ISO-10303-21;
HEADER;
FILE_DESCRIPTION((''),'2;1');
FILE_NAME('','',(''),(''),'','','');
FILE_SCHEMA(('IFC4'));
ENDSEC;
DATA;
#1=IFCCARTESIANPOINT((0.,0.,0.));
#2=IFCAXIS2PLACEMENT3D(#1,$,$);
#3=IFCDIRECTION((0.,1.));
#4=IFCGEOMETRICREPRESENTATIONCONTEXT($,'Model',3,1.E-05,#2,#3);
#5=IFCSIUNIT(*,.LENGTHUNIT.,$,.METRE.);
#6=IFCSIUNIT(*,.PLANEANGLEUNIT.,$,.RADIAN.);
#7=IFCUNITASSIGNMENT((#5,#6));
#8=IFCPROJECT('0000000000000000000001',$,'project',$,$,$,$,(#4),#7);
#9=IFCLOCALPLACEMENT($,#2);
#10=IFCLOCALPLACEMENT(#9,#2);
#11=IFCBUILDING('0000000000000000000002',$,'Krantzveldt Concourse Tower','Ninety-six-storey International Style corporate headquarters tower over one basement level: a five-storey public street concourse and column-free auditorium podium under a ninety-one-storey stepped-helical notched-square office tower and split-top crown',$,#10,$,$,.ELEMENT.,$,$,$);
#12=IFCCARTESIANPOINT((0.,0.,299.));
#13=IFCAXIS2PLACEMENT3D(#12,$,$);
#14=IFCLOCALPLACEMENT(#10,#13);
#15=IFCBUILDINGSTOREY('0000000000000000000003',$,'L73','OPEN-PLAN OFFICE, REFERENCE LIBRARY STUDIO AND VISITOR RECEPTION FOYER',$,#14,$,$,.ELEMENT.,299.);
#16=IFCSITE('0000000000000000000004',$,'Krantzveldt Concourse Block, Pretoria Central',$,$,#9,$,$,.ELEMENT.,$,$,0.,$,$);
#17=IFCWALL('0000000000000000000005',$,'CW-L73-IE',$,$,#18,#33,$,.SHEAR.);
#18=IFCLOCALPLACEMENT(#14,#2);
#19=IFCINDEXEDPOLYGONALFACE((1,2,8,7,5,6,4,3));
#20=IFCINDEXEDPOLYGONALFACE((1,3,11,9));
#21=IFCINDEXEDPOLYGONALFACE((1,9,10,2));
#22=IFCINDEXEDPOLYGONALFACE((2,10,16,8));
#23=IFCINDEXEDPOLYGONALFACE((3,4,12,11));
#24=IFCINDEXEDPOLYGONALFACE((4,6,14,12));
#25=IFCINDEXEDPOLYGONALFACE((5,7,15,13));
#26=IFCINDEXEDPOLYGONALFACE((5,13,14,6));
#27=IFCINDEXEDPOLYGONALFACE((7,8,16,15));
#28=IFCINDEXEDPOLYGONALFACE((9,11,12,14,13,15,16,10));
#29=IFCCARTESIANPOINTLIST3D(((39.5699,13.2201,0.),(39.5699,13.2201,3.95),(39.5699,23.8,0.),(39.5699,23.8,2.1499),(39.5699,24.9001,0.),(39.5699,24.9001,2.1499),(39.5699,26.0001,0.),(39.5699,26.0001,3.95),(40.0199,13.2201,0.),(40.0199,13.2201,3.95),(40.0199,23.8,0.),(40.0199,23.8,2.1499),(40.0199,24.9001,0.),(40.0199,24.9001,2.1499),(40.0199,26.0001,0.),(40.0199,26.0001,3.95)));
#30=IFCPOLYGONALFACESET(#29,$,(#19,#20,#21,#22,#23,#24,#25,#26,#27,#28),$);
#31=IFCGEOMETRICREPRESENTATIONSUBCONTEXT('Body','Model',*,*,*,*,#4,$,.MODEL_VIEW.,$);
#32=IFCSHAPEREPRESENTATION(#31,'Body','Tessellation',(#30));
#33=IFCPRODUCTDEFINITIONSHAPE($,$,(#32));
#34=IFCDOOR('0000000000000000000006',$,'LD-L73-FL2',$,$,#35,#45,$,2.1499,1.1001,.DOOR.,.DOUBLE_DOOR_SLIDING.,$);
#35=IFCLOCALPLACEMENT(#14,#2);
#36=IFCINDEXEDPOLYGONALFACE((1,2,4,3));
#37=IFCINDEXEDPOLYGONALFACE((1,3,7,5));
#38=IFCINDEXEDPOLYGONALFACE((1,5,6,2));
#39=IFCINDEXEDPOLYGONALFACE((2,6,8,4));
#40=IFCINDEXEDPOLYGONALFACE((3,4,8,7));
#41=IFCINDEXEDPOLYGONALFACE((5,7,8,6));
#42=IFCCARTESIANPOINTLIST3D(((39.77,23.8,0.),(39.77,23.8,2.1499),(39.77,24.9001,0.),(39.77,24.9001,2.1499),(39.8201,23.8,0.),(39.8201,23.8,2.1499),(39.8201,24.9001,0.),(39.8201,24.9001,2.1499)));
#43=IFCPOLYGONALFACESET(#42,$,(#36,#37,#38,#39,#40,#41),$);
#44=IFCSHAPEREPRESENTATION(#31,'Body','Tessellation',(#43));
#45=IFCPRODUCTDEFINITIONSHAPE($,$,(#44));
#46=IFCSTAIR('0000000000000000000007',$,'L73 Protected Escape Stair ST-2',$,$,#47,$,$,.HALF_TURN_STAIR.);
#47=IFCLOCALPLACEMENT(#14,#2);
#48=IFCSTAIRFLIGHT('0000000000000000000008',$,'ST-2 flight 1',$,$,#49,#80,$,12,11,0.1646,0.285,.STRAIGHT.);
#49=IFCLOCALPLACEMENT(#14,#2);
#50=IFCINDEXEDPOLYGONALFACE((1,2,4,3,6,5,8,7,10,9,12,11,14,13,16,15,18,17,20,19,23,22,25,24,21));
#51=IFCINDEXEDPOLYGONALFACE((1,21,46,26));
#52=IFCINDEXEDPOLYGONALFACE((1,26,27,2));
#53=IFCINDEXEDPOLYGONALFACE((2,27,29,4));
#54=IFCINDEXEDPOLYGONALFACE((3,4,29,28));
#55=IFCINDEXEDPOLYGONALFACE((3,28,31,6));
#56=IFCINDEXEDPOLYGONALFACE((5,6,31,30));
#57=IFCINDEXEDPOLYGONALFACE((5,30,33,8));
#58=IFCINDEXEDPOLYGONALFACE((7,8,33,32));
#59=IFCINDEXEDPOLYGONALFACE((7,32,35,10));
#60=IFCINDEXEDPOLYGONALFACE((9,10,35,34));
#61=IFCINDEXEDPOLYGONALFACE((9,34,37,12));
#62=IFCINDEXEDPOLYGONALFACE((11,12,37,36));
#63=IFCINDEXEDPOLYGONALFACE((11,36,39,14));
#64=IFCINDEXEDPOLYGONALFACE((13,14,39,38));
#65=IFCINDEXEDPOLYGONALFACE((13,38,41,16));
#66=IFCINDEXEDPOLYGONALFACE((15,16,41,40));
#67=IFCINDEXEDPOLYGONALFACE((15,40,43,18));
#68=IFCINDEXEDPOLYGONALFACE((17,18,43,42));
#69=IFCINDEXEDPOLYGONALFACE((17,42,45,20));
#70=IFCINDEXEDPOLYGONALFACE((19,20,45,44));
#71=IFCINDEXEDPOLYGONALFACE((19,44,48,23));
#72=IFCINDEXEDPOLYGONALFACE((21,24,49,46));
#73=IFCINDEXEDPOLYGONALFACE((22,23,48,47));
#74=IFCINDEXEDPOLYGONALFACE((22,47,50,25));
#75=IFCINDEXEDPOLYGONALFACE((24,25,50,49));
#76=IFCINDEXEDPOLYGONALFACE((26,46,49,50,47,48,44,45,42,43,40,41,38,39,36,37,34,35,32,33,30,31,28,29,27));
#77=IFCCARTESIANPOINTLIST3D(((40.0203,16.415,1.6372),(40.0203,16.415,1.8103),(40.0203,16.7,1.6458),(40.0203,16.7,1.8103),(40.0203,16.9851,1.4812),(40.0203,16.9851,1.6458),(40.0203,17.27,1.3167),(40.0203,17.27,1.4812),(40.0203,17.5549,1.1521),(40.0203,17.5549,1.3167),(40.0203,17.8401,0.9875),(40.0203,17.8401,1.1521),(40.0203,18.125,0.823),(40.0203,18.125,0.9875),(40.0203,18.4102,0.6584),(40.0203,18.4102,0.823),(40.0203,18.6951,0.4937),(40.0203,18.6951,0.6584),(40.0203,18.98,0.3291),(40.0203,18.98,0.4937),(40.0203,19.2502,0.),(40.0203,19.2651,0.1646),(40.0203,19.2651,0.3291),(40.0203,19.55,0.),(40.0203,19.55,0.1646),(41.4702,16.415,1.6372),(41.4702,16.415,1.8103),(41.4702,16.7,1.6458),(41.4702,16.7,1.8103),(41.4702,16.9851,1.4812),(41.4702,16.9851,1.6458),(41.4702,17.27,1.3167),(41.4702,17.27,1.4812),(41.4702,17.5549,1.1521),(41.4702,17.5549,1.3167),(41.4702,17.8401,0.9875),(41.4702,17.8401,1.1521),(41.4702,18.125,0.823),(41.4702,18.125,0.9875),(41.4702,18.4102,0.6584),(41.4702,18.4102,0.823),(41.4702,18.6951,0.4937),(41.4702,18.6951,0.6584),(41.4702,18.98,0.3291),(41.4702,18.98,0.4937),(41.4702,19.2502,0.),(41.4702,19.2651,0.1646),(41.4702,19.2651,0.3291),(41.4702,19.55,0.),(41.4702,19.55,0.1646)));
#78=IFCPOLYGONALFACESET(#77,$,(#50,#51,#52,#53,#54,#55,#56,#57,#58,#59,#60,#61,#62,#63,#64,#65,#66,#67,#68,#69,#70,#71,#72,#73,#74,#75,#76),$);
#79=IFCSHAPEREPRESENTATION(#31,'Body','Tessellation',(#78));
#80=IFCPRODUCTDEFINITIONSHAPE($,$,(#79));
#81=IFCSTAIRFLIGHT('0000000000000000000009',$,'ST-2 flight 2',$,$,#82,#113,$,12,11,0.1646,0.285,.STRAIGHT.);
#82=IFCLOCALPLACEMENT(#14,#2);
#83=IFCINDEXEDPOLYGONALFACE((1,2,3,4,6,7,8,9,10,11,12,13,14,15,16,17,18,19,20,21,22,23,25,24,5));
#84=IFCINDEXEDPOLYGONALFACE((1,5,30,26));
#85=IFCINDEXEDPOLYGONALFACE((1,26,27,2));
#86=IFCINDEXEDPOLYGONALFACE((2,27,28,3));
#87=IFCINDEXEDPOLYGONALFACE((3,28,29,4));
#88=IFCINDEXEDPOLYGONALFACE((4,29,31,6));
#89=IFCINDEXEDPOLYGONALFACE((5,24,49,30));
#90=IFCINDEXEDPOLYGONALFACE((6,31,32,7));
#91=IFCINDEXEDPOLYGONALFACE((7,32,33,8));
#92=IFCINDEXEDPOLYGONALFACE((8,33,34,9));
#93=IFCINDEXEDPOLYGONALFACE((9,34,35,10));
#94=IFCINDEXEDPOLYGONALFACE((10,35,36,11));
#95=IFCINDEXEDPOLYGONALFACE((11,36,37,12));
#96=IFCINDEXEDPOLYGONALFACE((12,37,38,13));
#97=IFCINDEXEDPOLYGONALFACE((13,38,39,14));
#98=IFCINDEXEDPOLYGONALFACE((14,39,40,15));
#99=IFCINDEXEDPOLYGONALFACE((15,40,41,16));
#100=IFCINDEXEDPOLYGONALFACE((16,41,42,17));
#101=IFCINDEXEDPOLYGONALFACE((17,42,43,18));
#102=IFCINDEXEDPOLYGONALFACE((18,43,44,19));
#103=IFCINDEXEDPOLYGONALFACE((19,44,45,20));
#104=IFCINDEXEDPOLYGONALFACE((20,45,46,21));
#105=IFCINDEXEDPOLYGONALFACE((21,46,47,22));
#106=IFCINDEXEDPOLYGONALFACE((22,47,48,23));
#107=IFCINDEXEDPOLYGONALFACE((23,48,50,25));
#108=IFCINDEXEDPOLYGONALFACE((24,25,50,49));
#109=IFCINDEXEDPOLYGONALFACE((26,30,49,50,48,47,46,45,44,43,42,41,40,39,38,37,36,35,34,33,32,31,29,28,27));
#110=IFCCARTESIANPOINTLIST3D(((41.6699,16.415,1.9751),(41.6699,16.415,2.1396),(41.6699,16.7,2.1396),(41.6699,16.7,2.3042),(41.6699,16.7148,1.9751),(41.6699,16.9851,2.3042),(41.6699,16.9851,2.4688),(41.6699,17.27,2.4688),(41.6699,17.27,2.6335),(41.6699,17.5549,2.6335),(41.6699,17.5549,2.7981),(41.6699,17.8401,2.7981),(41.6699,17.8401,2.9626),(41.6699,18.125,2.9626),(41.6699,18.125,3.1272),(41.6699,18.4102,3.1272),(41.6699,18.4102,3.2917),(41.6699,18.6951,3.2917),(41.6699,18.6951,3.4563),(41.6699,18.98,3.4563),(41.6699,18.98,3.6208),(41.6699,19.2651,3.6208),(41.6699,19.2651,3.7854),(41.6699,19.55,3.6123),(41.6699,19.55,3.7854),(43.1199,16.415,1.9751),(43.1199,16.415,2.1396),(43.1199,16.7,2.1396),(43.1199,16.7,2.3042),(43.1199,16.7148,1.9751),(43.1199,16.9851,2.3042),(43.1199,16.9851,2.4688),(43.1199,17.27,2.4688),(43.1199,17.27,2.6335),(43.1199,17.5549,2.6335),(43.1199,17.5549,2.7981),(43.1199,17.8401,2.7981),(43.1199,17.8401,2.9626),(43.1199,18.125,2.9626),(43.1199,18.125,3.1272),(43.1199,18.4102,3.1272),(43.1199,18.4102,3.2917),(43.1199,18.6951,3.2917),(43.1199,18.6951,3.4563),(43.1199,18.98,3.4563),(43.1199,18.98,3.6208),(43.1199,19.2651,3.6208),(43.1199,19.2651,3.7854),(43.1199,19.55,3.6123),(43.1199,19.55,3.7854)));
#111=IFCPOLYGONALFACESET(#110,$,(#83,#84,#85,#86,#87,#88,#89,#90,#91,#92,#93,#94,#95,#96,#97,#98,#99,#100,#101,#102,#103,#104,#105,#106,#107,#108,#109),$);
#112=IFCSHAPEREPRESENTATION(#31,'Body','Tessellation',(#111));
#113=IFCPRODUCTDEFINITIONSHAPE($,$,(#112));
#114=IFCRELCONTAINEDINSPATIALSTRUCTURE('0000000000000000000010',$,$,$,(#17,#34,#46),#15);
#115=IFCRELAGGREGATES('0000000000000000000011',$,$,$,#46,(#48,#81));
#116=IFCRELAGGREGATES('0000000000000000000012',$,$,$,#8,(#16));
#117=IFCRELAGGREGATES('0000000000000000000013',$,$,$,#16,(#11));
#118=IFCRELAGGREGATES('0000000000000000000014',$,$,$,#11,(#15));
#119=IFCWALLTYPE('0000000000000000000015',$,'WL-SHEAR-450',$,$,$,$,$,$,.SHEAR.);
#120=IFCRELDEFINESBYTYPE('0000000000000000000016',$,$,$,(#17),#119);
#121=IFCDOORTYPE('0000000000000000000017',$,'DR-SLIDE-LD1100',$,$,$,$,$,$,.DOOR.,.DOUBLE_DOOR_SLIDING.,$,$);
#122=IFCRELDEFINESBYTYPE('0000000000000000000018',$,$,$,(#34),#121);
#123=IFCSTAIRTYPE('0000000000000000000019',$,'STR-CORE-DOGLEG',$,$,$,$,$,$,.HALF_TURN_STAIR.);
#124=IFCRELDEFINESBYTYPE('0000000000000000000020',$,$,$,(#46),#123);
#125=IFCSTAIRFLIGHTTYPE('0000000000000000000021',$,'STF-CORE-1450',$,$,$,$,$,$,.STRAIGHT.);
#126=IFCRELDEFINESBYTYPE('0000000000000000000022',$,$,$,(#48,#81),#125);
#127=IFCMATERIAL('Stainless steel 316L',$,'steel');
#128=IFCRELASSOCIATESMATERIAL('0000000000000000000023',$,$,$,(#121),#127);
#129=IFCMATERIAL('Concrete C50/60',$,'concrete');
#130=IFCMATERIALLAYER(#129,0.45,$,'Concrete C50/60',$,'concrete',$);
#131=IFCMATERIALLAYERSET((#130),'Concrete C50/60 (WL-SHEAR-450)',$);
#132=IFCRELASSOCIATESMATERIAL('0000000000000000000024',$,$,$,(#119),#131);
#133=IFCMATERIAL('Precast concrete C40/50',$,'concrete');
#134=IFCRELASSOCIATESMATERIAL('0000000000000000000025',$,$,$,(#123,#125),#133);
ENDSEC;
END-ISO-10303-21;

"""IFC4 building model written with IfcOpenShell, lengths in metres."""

from ifc_helpers import new_model, si_unit, direction, frame, frame_2d, origin, place, context, subcontext, project, spatial, polyline, rectangle, outline, extrude, material, layer, layer_set, type_object, element, fill, aggregate, save


model = new_model("IFC4")

# Units and contexts
model_context = context("Model", 3, precision=1e-05, world=origin(), true_north=direction((0.0, 1.0)))
body_context = subcontext(model_context, "Body", "Model", "MODEL_VIEW")
ifc_project = project(units=[si_unit("LENGTHUNIT", "METRE"), si_unit("PLANEANGLEUNIT", "RADIAN")], contexts=[model_context])

# Site, building, storey
site_placement = place(None, origin())
site = spatial("IfcSite", under=ifc_project, at=site_placement, Name="Krantzveldt Concourse Block, Pretoria Central", CompositionType="ELEMENT", RefElevation=0.0)
building_placement = place(site_placement, origin())
building = spatial("IfcBuilding", under=site, at=building_placement, Name="Krantzveldt Concourse Tower", Description="Ninety-six-storey International Style corporate headquarters tower over one basement level: a five-storey public street concourse and column-free auditorium podium under a ninety-one-storey stepped-helical notched-square office tower and split-top crown", CompositionType="ELEMENT")
storey_placement = place(building_placement, frame((0.0, 0.0, 299.0)))
storey = spatial("IfcBuildingStorey", under=building, at=storey_placement, Name="L73", Description="OPEN-PLAN OFFICE, REFERENCE LIBRARY STUDIO AND VISITOR RECEPTION FOYER", CompositionType="ELEMENT", Elevation=299.0)

# Shared definitions
ifc_material_1 = material(Name="Stainless steel 316L", Category="steel")
door_type_1 = type_object("IfcDoorType", Name="DR-SLIDE-LD1100", OperationType="DOUBLE_DOOR_SLIDING", PredefinedType="DOOR", material=ifc_material_1)

# Shared definitions
ifc_material_2 = material(Name="Concrete C50/60", Category="concrete")

# Wall, opening, door
ifc_layer_1 = layer(ifc_material_2, 0.45, Name="Concrete C50/60", Category="concrete")
ifc_layer_set_1 = layer_set([ifc_layer_1], Name="Concrete C50/60 (WL-SHEAR-450)")
wall_type_1 = type_object("IfcWallType", Name="WL-SHEAR-450", PredefinedType="SHEAR", material=ifc_layer_set_1)
wall_1_placement = place(storey_placement, frame((39.7949, 13.22, 0.0), z_axis=(0.0, 0.0, 1.0), x_axis=(0.0, 1.0, 0.0)))
wall_1 = element("IfcWall", 1, at=wall_1_placement, inside=storey, type_object=wall_type_1, Name="CW-L73-IE", PredefinedType="SHEAR", context=body_context, shape_type="SweptSolid", body=[
    extrude(rectangle(XDim=12.78, YDim=0.45, at=frame_2d((6.3901, 0.0))), origin(), (0.0, 0.0, 1.0), 3.95),
])
opening_1_placement = place(wall_1_placement, frame((10.5801, 0.0, 0.0)))
opening_1 = element("IfcOpeningElement", 2, at=opening_1_placement, cuts=wall_1, PredefinedType="OPENING", context=body_context, shape_type="SweptSolid", body=[
    extrude(rectangle(XDim=1.1001, YDim=2.1499, at=frame_2d((0.55, 1.075))), frame((0.0, 0.2349, 0.0), z_axis=(0.0, -1.0, 0.0), x_axis=(1.0, 0.0, 0.0)), (0.0, 0.0, 1.0), 0.47),
])
door_1_placement = place(opening_1_placement, origin())
door_1 = element("IfcDoor", 3, at=door_1_placement, inside=storey, type_object=door_type_1, Name="LD-L73-FL2", OperationType="DOUBLE_DOOR_SLIDING", OverallHeight=2.1499, OverallWidth=1.1001, PredefinedType="DOOR", context=body_context, shape_type="SweptSolid", body=[
    extrude(rectangle(XDim=1.1001, YDim=2.1499, at=frame_2d((0.55, 1.075))), frame((0.0, 0.0249, 0.0), z_axis=(0.0, -1.0, 0.0), x_axis=(1.0, 0.0, 0.0)), (0.0, 0.0, 1.0), 0.05),
])
fill(opening_1, door_1)

# Stair, stair flights
ifc_material_3 = material(Name="Precast concrete C40/50", Category="concrete")
stair_type = type_object("IfcStairType", Name="STR-CORE-DOGLEG", PredefinedType="HALF_TURN_STAIR", material=ifc_material_3)
stair_placement = place(storey_placement, origin())
stair = element("IfcStair", 4, at=stair_placement, inside=storey, type_object=stair_type, Name="L73 Protected Escape Stair ST-2", PredefinedType="HALF_TURN_STAIR")
stair_flight_type = type_object("IfcStairFlightType", Name="STF-CORE-1450", PredefinedType="STRAIGHT", material=ifc_material_3)
stair_flight_1_placement = place(storey_placement, frame((40.7451, 19.55, 0.0), z_axis=(0.0, 0.0, 1.0), x_axis=(0.0, -1.0, 0.0)))
stair_flight_1 = element("IfcStairFlight", 5, at=stair_flight_1_placement, type_object=stair_flight_type, Name="ST-2 flight 1", NumberOfRisers=12, NumberOfTreads=11, PredefinedType="STRAIGHT", RiserHeight=0.1646, TreadLength=0.285, context=body_context, shape_type="SweptSolid", body=[
    extrude(outline(polyline([(0.0, 0.0), (0.0, 0.1646), (0.2849, 0.1646), (0.2849, 0.3291), (0.5701, 0.3291), (0.5701, 0.4937), (0.855, 0.4937), (0.855, 0.6584), (1.1399, 0.6584), (1.1399, 0.823), (1.425, 0.823), (1.425, 0.9875), (1.71, 0.9875), (1.71, 1.1521), (1.9951, 1.1521), (1.9951, 1.3167), (2.28, 1.3167), (2.28, 1.4812), (2.5649, 1.4812), (2.5649, 1.6458), (2.8501, 1.6458), (2.8501, 1.8103), (3.135, 1.8103), (3.135, 1.9751), (3.135, 1.6372), (0.2998, 0.0), (0.0, 0.0)])), frame((0.0, 0.7251, 0.0), z_axis=(0.0, -1.0, 0.0), x_axis=(1.0, 0.0, 0.0)), (0.0, 0.0, 1.0), 1.45),
])
stair_flight_2_placement = place(storey_placement, frame((42.395, 16.415, 1.9751), z_axis=(0.0, 0.0, 1.0), x_axis=(0.0, 1.0, 0.0)))
stair_flight_2 = element("IfcStairFlight", 6, at=stair_flight_2_placement, type_object=stair_flight_type, Name="ST-2 flight 2", NumberOfRisers=12, NumberOfTreads=11, PredefinedType="STRAIGHT", RiserHeight=0.1646, TreadLength=0.285, context=body_context, shape_type="SweptSolid", body=[
    extrude(outline(polyline([(0.0, 0.0), (0.0, 0.1646), (0.2849, 0.1646), (0.2849, 0.3291), (0.5701, 0.3291), (0.5701, 0.4937), (0.855, 0.4937), (0.855, 0.6584), (1.1399, 0.6584), (1.1399, 0.823), (1.425, 0.823), (1.425, 0.9875), (1.71, 0.9875), (1.71, 1.1521), (1.9951, 1.1521), (1.9951, 1.3167), (2.28, 1.3167), (2.28, 1.4812), (2.5649, 1.4812), (2.5649, 1.6458), (2.8501, 1.6458), (2.8501, 1.8103), (3.135, 1.8103), (3.135, 1.9751), (3.135, 1.6372), (0.2998, 0.0), (0.0, 0.0)])), frame((0.0, 0.7251, 0.0), z_axis=(0.0, -1.0, 0.0), x_axis=(1.0, 0.0, 0.0)), (0.0, 0.0, 1.0), 1.45),
])
aggregate(stair, [stair_flight_1, stair_flight_2])

save(model, "model.ifc")
